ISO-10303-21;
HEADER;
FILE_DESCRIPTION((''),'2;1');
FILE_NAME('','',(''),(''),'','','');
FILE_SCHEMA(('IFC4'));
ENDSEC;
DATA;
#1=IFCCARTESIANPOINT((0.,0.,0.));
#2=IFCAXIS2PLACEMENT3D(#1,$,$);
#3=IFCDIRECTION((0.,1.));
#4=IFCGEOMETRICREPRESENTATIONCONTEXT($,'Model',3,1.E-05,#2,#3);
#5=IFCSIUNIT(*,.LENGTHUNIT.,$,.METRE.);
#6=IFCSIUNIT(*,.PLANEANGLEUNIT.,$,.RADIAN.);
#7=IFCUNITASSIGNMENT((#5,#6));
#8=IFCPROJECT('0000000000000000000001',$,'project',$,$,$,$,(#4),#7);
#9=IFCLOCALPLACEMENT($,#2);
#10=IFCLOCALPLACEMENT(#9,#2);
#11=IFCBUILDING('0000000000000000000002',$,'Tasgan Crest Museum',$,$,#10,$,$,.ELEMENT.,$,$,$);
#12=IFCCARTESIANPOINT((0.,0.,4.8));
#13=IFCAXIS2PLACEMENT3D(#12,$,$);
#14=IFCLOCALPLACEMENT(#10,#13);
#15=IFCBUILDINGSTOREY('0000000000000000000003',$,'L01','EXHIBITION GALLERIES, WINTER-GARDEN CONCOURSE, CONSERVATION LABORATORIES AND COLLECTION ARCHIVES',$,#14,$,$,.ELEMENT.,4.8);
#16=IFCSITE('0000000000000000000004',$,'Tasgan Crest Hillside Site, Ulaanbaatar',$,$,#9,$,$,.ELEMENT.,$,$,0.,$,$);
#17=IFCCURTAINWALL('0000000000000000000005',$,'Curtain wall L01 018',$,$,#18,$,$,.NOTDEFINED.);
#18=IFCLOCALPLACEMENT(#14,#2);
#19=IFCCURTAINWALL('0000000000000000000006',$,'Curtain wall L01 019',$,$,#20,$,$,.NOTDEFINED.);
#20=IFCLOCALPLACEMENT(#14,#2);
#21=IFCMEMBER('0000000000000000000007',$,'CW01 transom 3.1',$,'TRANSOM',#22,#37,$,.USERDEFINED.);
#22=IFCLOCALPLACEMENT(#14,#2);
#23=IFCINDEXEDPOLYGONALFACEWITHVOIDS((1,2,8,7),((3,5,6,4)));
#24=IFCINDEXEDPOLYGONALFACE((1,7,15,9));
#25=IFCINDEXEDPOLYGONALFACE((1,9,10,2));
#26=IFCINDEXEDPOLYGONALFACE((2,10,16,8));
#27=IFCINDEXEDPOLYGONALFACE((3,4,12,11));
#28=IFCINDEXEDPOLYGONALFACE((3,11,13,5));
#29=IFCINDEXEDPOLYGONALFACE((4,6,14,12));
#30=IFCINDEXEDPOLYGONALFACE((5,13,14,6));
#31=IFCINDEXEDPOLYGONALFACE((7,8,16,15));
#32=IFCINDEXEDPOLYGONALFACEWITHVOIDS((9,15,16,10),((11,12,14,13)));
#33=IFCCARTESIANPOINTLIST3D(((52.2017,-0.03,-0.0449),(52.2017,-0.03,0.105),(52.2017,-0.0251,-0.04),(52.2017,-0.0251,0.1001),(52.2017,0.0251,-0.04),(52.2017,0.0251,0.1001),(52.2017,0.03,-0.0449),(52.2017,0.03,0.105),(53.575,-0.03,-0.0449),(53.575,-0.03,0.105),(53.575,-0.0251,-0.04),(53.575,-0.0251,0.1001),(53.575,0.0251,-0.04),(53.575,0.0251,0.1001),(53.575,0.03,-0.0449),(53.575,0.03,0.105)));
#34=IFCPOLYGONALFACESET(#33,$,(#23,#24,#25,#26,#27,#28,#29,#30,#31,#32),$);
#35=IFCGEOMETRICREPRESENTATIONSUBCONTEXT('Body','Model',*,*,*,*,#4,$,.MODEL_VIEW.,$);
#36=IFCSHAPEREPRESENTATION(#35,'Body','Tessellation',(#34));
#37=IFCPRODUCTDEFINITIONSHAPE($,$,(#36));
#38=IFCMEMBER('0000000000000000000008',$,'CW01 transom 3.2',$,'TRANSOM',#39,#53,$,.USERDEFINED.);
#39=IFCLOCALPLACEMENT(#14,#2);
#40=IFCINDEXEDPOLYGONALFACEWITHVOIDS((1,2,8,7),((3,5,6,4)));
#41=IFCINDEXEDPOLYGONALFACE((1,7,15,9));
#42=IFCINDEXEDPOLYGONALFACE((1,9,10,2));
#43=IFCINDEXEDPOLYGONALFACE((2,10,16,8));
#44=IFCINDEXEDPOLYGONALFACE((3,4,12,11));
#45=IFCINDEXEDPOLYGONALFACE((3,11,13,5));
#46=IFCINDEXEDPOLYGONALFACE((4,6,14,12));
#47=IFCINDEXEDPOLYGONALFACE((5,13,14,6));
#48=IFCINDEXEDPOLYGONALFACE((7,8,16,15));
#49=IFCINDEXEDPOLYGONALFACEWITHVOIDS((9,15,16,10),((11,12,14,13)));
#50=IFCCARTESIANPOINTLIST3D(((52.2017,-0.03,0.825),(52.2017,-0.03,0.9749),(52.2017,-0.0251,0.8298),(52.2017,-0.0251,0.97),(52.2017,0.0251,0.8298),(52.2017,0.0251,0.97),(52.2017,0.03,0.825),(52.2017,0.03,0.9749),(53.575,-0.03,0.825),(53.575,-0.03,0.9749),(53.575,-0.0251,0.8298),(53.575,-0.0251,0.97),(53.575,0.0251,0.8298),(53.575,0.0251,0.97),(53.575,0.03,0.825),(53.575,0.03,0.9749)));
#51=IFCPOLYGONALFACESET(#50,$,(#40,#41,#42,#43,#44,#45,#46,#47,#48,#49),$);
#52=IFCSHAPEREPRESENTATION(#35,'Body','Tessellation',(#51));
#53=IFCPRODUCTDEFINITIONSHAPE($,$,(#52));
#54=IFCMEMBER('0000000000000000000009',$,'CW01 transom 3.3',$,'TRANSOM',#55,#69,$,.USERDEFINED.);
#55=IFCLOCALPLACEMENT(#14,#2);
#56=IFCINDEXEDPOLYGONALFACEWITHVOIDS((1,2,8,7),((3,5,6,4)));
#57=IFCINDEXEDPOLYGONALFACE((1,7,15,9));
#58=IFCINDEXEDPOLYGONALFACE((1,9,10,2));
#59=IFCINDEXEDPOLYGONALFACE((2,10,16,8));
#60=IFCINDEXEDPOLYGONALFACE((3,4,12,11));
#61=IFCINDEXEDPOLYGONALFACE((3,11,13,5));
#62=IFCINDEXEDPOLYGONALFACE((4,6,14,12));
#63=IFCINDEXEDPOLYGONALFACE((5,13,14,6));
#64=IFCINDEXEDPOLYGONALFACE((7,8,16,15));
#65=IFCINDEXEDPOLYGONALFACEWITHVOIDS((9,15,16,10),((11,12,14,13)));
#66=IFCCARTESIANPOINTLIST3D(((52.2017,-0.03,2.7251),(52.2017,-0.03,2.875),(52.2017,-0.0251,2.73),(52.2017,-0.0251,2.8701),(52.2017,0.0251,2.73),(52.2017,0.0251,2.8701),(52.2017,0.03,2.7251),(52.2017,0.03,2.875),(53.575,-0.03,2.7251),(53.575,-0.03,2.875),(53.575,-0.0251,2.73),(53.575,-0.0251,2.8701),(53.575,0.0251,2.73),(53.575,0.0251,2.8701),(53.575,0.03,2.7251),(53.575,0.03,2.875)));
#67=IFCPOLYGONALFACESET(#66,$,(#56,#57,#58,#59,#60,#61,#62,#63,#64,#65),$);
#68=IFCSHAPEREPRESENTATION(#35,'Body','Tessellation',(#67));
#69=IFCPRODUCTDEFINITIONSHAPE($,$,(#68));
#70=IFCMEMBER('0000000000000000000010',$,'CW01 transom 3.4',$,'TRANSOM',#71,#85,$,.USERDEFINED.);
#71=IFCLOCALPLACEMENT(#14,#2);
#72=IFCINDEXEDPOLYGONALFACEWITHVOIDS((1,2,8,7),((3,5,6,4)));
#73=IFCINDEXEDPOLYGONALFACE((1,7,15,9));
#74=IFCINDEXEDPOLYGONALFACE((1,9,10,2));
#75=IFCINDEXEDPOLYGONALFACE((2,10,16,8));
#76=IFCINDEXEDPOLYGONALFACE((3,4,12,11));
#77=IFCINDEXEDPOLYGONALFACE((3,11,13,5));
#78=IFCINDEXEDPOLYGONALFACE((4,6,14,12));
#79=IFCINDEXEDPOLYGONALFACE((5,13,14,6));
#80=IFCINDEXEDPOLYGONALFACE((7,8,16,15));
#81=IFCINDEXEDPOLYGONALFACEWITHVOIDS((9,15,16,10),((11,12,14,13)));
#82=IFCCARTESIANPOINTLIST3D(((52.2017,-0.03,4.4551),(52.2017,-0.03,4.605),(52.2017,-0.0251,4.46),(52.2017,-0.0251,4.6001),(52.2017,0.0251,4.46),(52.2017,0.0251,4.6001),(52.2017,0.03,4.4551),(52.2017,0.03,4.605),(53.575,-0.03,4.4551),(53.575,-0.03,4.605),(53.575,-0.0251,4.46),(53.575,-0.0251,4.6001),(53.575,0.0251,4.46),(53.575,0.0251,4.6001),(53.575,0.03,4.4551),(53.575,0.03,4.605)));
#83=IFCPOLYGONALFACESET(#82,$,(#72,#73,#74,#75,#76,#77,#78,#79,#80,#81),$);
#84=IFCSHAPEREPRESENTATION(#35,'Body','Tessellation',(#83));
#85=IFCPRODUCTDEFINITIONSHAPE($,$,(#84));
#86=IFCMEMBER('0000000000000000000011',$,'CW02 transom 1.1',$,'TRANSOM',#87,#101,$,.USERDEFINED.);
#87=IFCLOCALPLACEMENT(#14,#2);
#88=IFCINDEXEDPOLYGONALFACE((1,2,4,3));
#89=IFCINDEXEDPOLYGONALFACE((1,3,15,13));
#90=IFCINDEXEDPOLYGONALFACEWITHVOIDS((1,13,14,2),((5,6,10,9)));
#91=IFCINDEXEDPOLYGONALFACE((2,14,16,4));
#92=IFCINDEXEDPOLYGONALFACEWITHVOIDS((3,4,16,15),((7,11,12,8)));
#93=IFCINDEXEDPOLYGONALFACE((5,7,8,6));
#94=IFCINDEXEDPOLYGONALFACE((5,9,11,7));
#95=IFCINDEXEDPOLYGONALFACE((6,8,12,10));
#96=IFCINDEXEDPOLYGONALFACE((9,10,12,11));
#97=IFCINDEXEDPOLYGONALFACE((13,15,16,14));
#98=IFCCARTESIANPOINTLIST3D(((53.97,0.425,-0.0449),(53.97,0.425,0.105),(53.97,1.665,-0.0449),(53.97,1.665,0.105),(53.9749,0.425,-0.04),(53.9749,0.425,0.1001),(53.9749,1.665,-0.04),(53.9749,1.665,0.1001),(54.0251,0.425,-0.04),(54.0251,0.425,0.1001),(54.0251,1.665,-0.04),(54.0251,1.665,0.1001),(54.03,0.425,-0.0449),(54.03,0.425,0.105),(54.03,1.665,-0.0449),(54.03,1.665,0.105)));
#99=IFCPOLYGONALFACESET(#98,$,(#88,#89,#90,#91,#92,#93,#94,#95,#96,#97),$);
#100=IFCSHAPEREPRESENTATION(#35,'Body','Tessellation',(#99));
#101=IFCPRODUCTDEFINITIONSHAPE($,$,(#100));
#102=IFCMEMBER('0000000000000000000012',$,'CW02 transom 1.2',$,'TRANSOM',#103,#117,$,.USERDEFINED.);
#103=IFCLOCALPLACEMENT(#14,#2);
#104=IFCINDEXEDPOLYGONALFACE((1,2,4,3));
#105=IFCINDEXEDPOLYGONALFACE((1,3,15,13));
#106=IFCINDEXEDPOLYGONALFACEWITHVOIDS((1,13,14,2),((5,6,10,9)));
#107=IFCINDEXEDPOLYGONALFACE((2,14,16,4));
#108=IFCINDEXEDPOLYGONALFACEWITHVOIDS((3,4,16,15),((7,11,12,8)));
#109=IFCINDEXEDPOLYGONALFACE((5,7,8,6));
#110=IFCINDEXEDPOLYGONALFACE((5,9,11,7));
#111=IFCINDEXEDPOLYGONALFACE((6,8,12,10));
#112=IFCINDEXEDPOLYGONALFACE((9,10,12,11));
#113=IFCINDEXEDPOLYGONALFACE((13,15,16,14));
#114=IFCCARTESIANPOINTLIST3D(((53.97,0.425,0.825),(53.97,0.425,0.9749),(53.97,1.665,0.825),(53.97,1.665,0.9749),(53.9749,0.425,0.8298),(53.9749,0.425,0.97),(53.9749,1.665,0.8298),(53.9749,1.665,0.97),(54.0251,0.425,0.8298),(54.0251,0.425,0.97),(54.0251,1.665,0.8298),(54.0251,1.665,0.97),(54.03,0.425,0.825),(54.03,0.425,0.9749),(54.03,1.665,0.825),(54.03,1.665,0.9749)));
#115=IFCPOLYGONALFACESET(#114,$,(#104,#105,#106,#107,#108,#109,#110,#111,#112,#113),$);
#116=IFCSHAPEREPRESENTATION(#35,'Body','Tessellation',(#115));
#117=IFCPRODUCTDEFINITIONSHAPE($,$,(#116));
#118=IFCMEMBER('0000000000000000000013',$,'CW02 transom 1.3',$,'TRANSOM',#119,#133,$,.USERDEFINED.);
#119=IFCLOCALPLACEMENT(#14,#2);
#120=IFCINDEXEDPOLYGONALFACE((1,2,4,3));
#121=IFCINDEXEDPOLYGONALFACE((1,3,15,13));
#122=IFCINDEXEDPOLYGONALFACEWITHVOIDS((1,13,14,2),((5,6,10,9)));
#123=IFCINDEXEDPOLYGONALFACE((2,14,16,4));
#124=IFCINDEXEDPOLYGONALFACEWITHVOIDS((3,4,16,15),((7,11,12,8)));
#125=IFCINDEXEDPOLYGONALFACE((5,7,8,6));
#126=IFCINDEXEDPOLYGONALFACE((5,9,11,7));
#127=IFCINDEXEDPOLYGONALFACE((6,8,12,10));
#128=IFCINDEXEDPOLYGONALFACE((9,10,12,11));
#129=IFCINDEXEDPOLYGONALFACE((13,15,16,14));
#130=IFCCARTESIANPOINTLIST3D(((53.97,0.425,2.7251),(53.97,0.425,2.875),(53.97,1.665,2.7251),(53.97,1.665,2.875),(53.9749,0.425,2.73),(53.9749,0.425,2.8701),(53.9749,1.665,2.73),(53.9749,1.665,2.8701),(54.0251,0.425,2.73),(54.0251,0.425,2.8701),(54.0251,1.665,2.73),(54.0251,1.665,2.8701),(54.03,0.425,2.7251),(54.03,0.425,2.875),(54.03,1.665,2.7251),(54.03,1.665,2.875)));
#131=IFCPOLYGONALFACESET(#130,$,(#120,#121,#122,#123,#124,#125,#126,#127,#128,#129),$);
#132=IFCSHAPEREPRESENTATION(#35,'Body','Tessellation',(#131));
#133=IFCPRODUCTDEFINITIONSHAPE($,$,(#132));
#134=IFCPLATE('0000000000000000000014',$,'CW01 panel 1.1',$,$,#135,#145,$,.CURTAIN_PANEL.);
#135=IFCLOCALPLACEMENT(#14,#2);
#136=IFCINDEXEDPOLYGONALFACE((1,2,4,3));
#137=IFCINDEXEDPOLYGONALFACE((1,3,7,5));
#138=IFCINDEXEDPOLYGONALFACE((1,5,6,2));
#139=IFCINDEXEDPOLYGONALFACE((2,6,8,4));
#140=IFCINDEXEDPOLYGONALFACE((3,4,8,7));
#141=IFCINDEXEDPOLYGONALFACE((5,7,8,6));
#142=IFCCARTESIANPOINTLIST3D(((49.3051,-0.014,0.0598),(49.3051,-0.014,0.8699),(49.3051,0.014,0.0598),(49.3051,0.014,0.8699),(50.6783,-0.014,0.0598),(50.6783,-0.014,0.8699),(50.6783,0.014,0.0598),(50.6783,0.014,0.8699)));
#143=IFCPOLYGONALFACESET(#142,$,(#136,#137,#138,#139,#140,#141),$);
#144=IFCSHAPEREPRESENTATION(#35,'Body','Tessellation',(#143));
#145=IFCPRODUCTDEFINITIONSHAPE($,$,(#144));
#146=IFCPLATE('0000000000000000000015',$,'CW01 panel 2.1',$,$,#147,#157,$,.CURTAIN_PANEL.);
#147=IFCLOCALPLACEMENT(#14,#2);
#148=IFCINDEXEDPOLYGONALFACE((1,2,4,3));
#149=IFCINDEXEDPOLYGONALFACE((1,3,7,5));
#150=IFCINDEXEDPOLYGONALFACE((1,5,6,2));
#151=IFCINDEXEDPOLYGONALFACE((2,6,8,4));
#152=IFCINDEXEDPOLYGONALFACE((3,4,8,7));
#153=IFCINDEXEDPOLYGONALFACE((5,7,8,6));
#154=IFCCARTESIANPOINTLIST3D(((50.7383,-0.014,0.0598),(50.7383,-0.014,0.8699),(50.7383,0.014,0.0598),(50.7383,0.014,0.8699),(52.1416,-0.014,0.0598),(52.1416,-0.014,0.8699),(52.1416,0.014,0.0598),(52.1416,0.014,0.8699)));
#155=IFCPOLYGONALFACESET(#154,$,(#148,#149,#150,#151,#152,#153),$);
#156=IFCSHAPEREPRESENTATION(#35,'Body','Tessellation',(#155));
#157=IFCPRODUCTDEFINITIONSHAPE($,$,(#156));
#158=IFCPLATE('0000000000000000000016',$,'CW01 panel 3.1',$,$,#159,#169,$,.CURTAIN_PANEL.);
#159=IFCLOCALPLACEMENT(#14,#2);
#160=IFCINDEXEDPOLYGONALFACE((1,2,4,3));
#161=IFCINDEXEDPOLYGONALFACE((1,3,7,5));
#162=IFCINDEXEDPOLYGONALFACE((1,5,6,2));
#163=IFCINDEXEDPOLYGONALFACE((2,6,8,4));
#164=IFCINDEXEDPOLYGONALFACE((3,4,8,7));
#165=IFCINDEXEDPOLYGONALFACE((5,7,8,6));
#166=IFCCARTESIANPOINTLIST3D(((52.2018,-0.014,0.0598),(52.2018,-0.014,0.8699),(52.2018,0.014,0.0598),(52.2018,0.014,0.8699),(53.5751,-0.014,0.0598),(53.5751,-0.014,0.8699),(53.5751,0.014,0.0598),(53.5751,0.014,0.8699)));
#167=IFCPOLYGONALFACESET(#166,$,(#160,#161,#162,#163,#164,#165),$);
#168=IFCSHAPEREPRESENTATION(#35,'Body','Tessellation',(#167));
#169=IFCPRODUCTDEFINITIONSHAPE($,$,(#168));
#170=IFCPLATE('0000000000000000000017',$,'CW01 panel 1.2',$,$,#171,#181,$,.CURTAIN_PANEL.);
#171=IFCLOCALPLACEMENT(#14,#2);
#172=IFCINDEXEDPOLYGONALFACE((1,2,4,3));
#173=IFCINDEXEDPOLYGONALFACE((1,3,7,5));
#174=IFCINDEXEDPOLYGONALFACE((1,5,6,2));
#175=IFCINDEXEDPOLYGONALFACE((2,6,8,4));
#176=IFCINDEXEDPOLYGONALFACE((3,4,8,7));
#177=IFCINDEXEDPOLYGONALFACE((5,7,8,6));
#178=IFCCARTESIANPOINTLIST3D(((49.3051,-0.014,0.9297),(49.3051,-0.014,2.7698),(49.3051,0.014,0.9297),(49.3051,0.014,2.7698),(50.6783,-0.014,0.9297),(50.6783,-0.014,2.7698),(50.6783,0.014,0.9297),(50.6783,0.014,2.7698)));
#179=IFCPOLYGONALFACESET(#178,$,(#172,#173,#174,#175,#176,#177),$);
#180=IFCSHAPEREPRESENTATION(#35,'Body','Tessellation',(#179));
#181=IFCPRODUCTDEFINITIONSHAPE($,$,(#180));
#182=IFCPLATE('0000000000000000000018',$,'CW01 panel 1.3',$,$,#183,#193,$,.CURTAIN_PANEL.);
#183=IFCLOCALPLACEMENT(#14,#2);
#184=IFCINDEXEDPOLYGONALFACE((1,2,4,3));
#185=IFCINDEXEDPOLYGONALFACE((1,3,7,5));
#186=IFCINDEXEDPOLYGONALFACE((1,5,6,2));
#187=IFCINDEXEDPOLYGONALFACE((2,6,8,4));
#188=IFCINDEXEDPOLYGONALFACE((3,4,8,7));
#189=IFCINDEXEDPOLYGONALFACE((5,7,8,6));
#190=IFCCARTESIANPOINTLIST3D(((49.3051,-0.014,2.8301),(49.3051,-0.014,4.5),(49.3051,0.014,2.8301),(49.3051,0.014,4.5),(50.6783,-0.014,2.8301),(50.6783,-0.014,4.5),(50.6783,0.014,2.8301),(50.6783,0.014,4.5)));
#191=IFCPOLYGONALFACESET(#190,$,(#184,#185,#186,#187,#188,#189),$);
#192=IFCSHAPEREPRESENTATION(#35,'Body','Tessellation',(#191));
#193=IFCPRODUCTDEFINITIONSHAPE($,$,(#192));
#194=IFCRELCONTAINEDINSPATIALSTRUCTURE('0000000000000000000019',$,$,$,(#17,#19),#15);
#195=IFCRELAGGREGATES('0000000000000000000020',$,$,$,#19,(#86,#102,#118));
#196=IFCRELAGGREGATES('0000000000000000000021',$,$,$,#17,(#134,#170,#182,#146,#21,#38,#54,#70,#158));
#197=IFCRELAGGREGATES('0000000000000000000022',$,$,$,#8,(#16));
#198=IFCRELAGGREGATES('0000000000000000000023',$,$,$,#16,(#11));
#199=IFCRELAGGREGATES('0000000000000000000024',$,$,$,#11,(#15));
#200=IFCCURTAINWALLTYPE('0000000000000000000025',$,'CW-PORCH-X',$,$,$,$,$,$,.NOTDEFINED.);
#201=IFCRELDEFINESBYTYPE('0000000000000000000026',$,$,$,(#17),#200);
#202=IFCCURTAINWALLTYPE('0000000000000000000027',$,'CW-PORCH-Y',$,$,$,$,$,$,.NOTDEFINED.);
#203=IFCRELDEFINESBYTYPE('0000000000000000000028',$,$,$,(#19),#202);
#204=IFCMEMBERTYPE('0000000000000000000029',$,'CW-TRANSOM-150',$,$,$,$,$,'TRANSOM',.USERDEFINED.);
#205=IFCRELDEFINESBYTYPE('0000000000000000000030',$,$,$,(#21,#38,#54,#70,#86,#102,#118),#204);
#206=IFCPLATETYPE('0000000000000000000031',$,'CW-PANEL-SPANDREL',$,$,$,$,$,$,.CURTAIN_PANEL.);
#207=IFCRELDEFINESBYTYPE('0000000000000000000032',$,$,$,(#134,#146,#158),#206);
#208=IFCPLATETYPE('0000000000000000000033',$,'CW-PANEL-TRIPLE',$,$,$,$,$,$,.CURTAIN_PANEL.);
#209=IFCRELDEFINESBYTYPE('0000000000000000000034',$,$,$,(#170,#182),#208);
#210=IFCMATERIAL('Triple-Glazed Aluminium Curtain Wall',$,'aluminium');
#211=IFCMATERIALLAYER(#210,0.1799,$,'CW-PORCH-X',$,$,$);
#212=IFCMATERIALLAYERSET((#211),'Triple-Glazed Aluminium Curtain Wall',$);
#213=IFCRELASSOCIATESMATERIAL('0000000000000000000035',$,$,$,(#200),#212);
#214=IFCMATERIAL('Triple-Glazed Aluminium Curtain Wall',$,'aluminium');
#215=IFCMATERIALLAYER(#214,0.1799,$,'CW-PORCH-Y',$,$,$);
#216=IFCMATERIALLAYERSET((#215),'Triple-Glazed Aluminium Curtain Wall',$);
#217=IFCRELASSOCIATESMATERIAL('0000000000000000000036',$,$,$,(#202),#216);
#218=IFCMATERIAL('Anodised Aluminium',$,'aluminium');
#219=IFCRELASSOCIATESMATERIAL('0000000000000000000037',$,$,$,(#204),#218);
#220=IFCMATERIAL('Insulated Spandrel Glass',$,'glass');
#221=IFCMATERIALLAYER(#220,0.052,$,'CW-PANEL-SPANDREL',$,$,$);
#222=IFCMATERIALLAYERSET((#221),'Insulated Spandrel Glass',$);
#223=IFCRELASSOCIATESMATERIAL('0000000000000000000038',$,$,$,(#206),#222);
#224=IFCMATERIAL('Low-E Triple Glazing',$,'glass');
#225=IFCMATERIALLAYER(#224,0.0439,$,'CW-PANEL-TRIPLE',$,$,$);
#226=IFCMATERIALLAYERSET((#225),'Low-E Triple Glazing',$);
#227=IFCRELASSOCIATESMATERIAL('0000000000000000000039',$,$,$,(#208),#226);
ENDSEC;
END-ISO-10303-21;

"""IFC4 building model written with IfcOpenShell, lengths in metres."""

from ifc_helpers import new_model, si_unit, direction, frame, origin, origin_2d, place, context, subcontext, project, spatial, rectangle, hollow_rectangle, extrude, material, layer, layer_set, material_profile, profile_set, type_object, element, aggregate, save


model = new_model("IFC4")

# Units and contexts
model_context = context("Model", 3, precision=1e-05, world=origin(), true_north=direction((0.0, 1.0)))
body_context = subcontext(model_context, "Body", "Model", "MODEL_VIEW")
ifc_project = project(units=[si_unit("LENGTHUNIT", "METRE"), si_unit("PLANEANGLEUNIT", "RADIAN")], contexts=[model_context])

# Site, building, storey
site_placement = place(None, origin())
site = spatial("IfcSite", under=ifc_project, at=site_placement, Name="Tasgan Crest Hillside Site, Ulaanbaatar", CompositionType="ELEMENT", RefElevation=0.0)
building_placement = place(site_placement, origin())
building = spatial("IfcBuilding", under=site, at=building_placement, Name="Tasgan Crest Museum", CompositionType="ELEMENT")
storey_placement = place(building_placement, frame((0.0, 0.0, 4.8)))
storey = spatial("IfcBuildingStorey", under=building, at=storey_placement, Name="L01", Description="EXHIBITION GALLERIES, WINTER-GARDEN CONCOURSE, CONSERVATION LABORATORIES AND COLLECTION ARCHIVES", CompositionType="ELEMENT", Elevation=4.8)

# Curtain wall
ifc_material_1 = material(Name="Triple-Glazed Aluminium Curtain Wall", Category="aluminium")
ifc_layer_1 = layer(ifc_material_1, 0.1799, Name="CW-PORCH-X")
ifc_layer_set_1 = layer_set([ifc_layer_1], Name="Triple-Glazed Aluminium Curtain Wall")
curtain_wall_type_1 = type_object("IfcCurtainWallType", Name="CW-PORCH-X", PredefinedType="NOTDEFINED", material=ifc_layer_set_1)
curtain_wall_1_placement = place(storey_placement, origin())
curtain_wall_1 = element("IfcCurtainWall", 1, at=curtain_wall_1_placement, inside=storey, type_object=curtain_wall_type_1, Name="Curtain wall L01 018", PredefinedType="NOTDEFINED")

# Curtain wall
ifc_material_2 = material(Name="Triple-Glazed Aluminium Curtain Wall", Category="aluminium")
ifc_layer_2 = layer(ifc_material_2, 0.1799, Name="CW-PORCH-Y")
ifc_layer_set_2 = layer_set([ifc_layer_2], Name="Triple-Glazed Aluminium Curtain Wall")
curtain_wall_type_2 = type_object("IfcCurtainWallType", Name="CW-PORCH-Y", PredefinedType="NOTDEFINED", material=ifc_layer_set_2)
curtain_wall_2_placement = place(storey_placement, origin())
curtain_wall_2 = element("IfcCurtainWall", 2, at=curtain_wall_2_placement, inside=storey, type_object=curtain_wall_type_2, Name="Curtain wall L01 019", PredefinedType="NOTDEFINED")

# Members
ifc_material_3 = material(Name="Anodised Aluminium", Category="aluminium")
ifc_material_profile_1 = material_profile(ifc_material_3, hollow_rectangle(XDim=0.0601, YDim=0.1499, WallThickness=0.0049, at=origin_2d()), Name="ALU TRANSOM 150x60x5")
ifc_profile_set_1 = profile_set([ifc_material_profile_1], Name="Anodised Aluminium")
member_type_1 = type_object("IfcMemberType", Name="CW-TRANSOM-150", ElementType="TRANSOM", PredefinedType="USERDEFINED", material=ifc_profile_set_1)
member_1_placement = place(storey_placement, frame((52.2017, 0.0, 0.03), z_axis=(1.0, 0.0, 0.0), x_axis=(0.0, 1.0, 0.0)))
member_1 = element("IfcMember", 3, at=member_1_placement, type_object=member_type_1, Name="CW01 transom 3.1", ObjectType="TRANSOM", PredefinedType="USERDEFINED", context=body_context, shape_type="SweptSolid", body=[
    extrude(hollow_rectangle(XDim=0.0601, YDim=0.1499, WallThickness=0.0049, at=origin_2d()), origin(), (0.0, 0.0, 1.0), 1.3733),
])
member_2_placement = place(storey_placement, frame((52.2017, 0.0, 0.8999), z_axis=(1.0, 0.0, 0.0), x_axis=(0.0, 1.0, 0.0)))
member_2 = element("IfcMember", 4, at=member_2_placement, type_object=member_type_1, Name="CW01 transom 3.2", ObjectType="TRANSOM", PredefinedType="USERDEFINED", context=body_context, shape_type="SweptSolid", body=[
    extrude(hollow_rectangle(XDim=0.0601, YDim=0.1499, WallThickness=0.0049, at=origin_2d()), origin(), (0.0, 0.0, 1.0), 1.3733),
])
member_3_placement = place(storey_placement, frame((52.2017, 0.0, 2.8), z_axis=(1.0, 0.0, 0.0), x_axis=(0.0, 1.0, 0.0)))
member_3 = element("IfcMember", 5, at=member_3_placement, type_object=member_type_1, Name="CW01 transom 3.3", ObjectType="TRANSOM", PredefinedType="USERDEFINED", context=body_context, shape_type="SweptSolid", body=[
    extrude(hollow_rectangle(XDim=0.0601, YDim=0.1499, WallThickness=0.0049, at=origin_2d()), origin(), (0.0, 0.0, 1.0), 1.3733),
])
member_4_placement = place(storey_placement, frame((52.2017, 0.0, 4.53), z_axis=(1.0, 0.0, 0.0), x_axis=(0.0, 1.0, 0.0)))
member_4 = element("IfcMember", 6, at=member_4_placement, type_object=member_type_1, Name="CW01 transom 3.4", ObjectType="TRANSOM", PredefinedType="USERDEFINED", context=body_context, shape_type="SweptSolid", body=[
    extrude(hollow_rectangle(XDim=0.0601, YDim=0.1499, WallThickness=0.0049, at=origin_2d()), origin(), (0.0, 0.0, 1.0), 1.3733),
])
member_5_placement = place(storey_placement, frame((54.0, 0.425, 0.03), z_axis=(0.0, 1.0, 0.0), x_axis=(-1.0, 0.0, 0.0)))
member_5 = element("IfcMember", 7, at=member_5_placement, type_object=member_type_1, Name="CW02 transom 1.1", ObjectType="TRANSOM", PredefinedType="USERDEFINED", context=body_context, shape_type="SweptSolid", body=[
    extrude(hollow_rectangle(XDim=0.0601, YDim=0.1499, WallThickness=0.0049, at=origin_2d()), origin(), (0.0, 0.0, 1.0), 1.24),
])
member_6_placement = place(storey_placement, frame((54.0, 0.425, 0.8999), z_axis=(0.0, 1.0, 0.0), x_axis=(-1.0, 0.0, 0.0)))
member_6 = element("IfcMember", 8, at=member_6_placement, type_object=member_type_1, Name="CW02 transom 1.2", ObjectType="TRANSOM", PredefinedType="USERDEFINED", context=body_context, shape_type="SweptSolid", body=[
    extrude(hollow_rectangle(XDim=0.0601, YDim=0.1499, WallThickness=0.0049, at=origin_2d()), origin(), (0.0, 0.0, 1.0), 1.24),
])
member_7_placement = place(storey_placement, frame((54.0, 0.425, 2.8), z_axis=(0.0, 1.0, 0.0), x_axis=(-1.0, 0.0, 0.0)))
member_7 = element("IfcMember", 9, at=member_7_placement, type_object=member_type_1, Name="CW02 transom 1.3", ObjectType="TRANSOM", PredefinedType="USERDEFINED", context=body_context, shape_type="SweptSolid", body=[
    extrude(hollow_rectangle(XDim=0.0601, YDim=0.1499, WallThickness=0.0049, at=origin_2d()), origin(), (0.0, 0.0, 1.0), 1.24),
])
aggregate(curtain_wall_2, [member_5, member_6, member_7])

# Plates
ifc_material_4 = material(Name="Insulated Spandrel Glass", Category="glass")
ifc_layer_3 = layer(ifc_material_4, 0.052, Name="CW-PANEL-SPANDREL")
ifc_layer_set_3 = layer_set([ifc_layer_3], Name="Insulated Spandrel Glass")
plate_type_1 = type_object("IfcPlateType", Name="CW-PANEL-SPANDREL", PredefinedType="CURTAIN_PANEL", material=ifc_layer_set_3)
plate_1_placement = place(storey_placement, frame((49.9917, 0.0, 0.0598), z_axis=(0.0, 0.0, 1.0), x_axis=(1.0, 0.0, 0.0)))
plate_1 = element("IfcPlate", 10, at=plate_1_placement, type_object=plate_type_1, Name="CW01 panel 1.1", PredefinedType="CURTAIN_PANEL", context=body_context, shape_type="SweptSolid", body=[
    extrude(rectangle(XDim=1.3733, YDim=0.0281, at=origin_2d()), origin(), (0.0, 0.0, 1.0), 0.8101),
])
plate_2_placement = place(storey_placement, frame((51.4399, 0.0, 0.0598), z_axis=(0.0, 0.0, 1.0), x_axis=(1.0, 0.0, 0.0)))
plate_2 = element("IfcPlate", 11, at=plate_2_placement, type_object=plate_type_1, Name="CW01 panel 2.1", PredefinedType="CURTAIN_PANEL", context=body_context, shape_type="SweptSolid", body=[
    extrude(rectangle(XDim=1.4033, YDim=0.0281, at=origin_2d()), origin(), (0.0, 0.0, 1.0), 0.8101),
])
plate_3_placement = place(storey_placement, frame((52.8884, 0.0, 0.0598), z_axis=(0.0, 0.0, 1.0), x_axis=(1.0, 0.0, 0.0)))
plate_3 = element("IfcPlate", 12, at=plate_3_placement, type_object=plate_type_1, Name="CW01 panel 3.1", PredefinedType="CURTAIN_PANEL", context=body_context, shape_type="SweptSolid", body=[
    extrude(rectangle(XDim=1.3733, YDim=0.0281, at=origin_2d()), origin(), (0.0, 0.0, 1.0), 0.8101),
])
ifc_material_5 = material(Name="Low-E Triple Glazing", Category="glass")
ifc_layer_4 = layer(ifc_material_5, 0.0439, Name="CW-PANEL-TRIPLE")
ifc_layer_set_4 = layer_set([ifc_layer_4], Name="Low-E Triple Glazing")
plate_type_2 = type_object("IfcPlateType", Name="CW-PANEL-TRIPLE", PredefinedType="CURTAIN_PANEL", material=ifc_layer_set_4)
plate_4_placement = place(storey_placement, frame((49.9917, 0.0, 0.9297), z_axis=(0.0, 0.0, 1.0), x_axis=(1.0, 0.0, 0.0)))
plate_4 = element("IfcPlate", 13, at=plate_4_placement, type_object=plate_type_2, Name="CW01 panel 1.2", PredefinedType="CURTAIN_PANEL", context=body_context, shape_type="SweptSolid", body=[
    extrude(rectangle(XDim=1.3733, YDim=0.0281, at=origin_2d()), origin(), (0.0, 0.0, 1.0), 1.8401),
])
plate_5_placement = place(storey_placement, frame((49.9917, 0.0, 2.8301), z_axis=(0.0, 0.0, 1.0), x_axis=(1.0, 0.0, 0.0)))
plate_5 = element("IfcPlate", 14, at=plate_5_placement, type_object=plate_type_2, Name="CW01 panel 1.3", PredefinedType="CURTAIN_PANEL", context=body_context, shape_type="SweptSolid", body=[
    extrude(rectangle(XDim=1.3733, YDim=0.0281, at=origin_2d()), origin(), (0.0, 0.0, 1.0), 1.6699),
])
aggregate(curtain_wall_1, [plate_1, plate_4, plate_5, plate_2, member_1, member_2, member_3, member_4, plate_3])

save(model, "model.ifc")
